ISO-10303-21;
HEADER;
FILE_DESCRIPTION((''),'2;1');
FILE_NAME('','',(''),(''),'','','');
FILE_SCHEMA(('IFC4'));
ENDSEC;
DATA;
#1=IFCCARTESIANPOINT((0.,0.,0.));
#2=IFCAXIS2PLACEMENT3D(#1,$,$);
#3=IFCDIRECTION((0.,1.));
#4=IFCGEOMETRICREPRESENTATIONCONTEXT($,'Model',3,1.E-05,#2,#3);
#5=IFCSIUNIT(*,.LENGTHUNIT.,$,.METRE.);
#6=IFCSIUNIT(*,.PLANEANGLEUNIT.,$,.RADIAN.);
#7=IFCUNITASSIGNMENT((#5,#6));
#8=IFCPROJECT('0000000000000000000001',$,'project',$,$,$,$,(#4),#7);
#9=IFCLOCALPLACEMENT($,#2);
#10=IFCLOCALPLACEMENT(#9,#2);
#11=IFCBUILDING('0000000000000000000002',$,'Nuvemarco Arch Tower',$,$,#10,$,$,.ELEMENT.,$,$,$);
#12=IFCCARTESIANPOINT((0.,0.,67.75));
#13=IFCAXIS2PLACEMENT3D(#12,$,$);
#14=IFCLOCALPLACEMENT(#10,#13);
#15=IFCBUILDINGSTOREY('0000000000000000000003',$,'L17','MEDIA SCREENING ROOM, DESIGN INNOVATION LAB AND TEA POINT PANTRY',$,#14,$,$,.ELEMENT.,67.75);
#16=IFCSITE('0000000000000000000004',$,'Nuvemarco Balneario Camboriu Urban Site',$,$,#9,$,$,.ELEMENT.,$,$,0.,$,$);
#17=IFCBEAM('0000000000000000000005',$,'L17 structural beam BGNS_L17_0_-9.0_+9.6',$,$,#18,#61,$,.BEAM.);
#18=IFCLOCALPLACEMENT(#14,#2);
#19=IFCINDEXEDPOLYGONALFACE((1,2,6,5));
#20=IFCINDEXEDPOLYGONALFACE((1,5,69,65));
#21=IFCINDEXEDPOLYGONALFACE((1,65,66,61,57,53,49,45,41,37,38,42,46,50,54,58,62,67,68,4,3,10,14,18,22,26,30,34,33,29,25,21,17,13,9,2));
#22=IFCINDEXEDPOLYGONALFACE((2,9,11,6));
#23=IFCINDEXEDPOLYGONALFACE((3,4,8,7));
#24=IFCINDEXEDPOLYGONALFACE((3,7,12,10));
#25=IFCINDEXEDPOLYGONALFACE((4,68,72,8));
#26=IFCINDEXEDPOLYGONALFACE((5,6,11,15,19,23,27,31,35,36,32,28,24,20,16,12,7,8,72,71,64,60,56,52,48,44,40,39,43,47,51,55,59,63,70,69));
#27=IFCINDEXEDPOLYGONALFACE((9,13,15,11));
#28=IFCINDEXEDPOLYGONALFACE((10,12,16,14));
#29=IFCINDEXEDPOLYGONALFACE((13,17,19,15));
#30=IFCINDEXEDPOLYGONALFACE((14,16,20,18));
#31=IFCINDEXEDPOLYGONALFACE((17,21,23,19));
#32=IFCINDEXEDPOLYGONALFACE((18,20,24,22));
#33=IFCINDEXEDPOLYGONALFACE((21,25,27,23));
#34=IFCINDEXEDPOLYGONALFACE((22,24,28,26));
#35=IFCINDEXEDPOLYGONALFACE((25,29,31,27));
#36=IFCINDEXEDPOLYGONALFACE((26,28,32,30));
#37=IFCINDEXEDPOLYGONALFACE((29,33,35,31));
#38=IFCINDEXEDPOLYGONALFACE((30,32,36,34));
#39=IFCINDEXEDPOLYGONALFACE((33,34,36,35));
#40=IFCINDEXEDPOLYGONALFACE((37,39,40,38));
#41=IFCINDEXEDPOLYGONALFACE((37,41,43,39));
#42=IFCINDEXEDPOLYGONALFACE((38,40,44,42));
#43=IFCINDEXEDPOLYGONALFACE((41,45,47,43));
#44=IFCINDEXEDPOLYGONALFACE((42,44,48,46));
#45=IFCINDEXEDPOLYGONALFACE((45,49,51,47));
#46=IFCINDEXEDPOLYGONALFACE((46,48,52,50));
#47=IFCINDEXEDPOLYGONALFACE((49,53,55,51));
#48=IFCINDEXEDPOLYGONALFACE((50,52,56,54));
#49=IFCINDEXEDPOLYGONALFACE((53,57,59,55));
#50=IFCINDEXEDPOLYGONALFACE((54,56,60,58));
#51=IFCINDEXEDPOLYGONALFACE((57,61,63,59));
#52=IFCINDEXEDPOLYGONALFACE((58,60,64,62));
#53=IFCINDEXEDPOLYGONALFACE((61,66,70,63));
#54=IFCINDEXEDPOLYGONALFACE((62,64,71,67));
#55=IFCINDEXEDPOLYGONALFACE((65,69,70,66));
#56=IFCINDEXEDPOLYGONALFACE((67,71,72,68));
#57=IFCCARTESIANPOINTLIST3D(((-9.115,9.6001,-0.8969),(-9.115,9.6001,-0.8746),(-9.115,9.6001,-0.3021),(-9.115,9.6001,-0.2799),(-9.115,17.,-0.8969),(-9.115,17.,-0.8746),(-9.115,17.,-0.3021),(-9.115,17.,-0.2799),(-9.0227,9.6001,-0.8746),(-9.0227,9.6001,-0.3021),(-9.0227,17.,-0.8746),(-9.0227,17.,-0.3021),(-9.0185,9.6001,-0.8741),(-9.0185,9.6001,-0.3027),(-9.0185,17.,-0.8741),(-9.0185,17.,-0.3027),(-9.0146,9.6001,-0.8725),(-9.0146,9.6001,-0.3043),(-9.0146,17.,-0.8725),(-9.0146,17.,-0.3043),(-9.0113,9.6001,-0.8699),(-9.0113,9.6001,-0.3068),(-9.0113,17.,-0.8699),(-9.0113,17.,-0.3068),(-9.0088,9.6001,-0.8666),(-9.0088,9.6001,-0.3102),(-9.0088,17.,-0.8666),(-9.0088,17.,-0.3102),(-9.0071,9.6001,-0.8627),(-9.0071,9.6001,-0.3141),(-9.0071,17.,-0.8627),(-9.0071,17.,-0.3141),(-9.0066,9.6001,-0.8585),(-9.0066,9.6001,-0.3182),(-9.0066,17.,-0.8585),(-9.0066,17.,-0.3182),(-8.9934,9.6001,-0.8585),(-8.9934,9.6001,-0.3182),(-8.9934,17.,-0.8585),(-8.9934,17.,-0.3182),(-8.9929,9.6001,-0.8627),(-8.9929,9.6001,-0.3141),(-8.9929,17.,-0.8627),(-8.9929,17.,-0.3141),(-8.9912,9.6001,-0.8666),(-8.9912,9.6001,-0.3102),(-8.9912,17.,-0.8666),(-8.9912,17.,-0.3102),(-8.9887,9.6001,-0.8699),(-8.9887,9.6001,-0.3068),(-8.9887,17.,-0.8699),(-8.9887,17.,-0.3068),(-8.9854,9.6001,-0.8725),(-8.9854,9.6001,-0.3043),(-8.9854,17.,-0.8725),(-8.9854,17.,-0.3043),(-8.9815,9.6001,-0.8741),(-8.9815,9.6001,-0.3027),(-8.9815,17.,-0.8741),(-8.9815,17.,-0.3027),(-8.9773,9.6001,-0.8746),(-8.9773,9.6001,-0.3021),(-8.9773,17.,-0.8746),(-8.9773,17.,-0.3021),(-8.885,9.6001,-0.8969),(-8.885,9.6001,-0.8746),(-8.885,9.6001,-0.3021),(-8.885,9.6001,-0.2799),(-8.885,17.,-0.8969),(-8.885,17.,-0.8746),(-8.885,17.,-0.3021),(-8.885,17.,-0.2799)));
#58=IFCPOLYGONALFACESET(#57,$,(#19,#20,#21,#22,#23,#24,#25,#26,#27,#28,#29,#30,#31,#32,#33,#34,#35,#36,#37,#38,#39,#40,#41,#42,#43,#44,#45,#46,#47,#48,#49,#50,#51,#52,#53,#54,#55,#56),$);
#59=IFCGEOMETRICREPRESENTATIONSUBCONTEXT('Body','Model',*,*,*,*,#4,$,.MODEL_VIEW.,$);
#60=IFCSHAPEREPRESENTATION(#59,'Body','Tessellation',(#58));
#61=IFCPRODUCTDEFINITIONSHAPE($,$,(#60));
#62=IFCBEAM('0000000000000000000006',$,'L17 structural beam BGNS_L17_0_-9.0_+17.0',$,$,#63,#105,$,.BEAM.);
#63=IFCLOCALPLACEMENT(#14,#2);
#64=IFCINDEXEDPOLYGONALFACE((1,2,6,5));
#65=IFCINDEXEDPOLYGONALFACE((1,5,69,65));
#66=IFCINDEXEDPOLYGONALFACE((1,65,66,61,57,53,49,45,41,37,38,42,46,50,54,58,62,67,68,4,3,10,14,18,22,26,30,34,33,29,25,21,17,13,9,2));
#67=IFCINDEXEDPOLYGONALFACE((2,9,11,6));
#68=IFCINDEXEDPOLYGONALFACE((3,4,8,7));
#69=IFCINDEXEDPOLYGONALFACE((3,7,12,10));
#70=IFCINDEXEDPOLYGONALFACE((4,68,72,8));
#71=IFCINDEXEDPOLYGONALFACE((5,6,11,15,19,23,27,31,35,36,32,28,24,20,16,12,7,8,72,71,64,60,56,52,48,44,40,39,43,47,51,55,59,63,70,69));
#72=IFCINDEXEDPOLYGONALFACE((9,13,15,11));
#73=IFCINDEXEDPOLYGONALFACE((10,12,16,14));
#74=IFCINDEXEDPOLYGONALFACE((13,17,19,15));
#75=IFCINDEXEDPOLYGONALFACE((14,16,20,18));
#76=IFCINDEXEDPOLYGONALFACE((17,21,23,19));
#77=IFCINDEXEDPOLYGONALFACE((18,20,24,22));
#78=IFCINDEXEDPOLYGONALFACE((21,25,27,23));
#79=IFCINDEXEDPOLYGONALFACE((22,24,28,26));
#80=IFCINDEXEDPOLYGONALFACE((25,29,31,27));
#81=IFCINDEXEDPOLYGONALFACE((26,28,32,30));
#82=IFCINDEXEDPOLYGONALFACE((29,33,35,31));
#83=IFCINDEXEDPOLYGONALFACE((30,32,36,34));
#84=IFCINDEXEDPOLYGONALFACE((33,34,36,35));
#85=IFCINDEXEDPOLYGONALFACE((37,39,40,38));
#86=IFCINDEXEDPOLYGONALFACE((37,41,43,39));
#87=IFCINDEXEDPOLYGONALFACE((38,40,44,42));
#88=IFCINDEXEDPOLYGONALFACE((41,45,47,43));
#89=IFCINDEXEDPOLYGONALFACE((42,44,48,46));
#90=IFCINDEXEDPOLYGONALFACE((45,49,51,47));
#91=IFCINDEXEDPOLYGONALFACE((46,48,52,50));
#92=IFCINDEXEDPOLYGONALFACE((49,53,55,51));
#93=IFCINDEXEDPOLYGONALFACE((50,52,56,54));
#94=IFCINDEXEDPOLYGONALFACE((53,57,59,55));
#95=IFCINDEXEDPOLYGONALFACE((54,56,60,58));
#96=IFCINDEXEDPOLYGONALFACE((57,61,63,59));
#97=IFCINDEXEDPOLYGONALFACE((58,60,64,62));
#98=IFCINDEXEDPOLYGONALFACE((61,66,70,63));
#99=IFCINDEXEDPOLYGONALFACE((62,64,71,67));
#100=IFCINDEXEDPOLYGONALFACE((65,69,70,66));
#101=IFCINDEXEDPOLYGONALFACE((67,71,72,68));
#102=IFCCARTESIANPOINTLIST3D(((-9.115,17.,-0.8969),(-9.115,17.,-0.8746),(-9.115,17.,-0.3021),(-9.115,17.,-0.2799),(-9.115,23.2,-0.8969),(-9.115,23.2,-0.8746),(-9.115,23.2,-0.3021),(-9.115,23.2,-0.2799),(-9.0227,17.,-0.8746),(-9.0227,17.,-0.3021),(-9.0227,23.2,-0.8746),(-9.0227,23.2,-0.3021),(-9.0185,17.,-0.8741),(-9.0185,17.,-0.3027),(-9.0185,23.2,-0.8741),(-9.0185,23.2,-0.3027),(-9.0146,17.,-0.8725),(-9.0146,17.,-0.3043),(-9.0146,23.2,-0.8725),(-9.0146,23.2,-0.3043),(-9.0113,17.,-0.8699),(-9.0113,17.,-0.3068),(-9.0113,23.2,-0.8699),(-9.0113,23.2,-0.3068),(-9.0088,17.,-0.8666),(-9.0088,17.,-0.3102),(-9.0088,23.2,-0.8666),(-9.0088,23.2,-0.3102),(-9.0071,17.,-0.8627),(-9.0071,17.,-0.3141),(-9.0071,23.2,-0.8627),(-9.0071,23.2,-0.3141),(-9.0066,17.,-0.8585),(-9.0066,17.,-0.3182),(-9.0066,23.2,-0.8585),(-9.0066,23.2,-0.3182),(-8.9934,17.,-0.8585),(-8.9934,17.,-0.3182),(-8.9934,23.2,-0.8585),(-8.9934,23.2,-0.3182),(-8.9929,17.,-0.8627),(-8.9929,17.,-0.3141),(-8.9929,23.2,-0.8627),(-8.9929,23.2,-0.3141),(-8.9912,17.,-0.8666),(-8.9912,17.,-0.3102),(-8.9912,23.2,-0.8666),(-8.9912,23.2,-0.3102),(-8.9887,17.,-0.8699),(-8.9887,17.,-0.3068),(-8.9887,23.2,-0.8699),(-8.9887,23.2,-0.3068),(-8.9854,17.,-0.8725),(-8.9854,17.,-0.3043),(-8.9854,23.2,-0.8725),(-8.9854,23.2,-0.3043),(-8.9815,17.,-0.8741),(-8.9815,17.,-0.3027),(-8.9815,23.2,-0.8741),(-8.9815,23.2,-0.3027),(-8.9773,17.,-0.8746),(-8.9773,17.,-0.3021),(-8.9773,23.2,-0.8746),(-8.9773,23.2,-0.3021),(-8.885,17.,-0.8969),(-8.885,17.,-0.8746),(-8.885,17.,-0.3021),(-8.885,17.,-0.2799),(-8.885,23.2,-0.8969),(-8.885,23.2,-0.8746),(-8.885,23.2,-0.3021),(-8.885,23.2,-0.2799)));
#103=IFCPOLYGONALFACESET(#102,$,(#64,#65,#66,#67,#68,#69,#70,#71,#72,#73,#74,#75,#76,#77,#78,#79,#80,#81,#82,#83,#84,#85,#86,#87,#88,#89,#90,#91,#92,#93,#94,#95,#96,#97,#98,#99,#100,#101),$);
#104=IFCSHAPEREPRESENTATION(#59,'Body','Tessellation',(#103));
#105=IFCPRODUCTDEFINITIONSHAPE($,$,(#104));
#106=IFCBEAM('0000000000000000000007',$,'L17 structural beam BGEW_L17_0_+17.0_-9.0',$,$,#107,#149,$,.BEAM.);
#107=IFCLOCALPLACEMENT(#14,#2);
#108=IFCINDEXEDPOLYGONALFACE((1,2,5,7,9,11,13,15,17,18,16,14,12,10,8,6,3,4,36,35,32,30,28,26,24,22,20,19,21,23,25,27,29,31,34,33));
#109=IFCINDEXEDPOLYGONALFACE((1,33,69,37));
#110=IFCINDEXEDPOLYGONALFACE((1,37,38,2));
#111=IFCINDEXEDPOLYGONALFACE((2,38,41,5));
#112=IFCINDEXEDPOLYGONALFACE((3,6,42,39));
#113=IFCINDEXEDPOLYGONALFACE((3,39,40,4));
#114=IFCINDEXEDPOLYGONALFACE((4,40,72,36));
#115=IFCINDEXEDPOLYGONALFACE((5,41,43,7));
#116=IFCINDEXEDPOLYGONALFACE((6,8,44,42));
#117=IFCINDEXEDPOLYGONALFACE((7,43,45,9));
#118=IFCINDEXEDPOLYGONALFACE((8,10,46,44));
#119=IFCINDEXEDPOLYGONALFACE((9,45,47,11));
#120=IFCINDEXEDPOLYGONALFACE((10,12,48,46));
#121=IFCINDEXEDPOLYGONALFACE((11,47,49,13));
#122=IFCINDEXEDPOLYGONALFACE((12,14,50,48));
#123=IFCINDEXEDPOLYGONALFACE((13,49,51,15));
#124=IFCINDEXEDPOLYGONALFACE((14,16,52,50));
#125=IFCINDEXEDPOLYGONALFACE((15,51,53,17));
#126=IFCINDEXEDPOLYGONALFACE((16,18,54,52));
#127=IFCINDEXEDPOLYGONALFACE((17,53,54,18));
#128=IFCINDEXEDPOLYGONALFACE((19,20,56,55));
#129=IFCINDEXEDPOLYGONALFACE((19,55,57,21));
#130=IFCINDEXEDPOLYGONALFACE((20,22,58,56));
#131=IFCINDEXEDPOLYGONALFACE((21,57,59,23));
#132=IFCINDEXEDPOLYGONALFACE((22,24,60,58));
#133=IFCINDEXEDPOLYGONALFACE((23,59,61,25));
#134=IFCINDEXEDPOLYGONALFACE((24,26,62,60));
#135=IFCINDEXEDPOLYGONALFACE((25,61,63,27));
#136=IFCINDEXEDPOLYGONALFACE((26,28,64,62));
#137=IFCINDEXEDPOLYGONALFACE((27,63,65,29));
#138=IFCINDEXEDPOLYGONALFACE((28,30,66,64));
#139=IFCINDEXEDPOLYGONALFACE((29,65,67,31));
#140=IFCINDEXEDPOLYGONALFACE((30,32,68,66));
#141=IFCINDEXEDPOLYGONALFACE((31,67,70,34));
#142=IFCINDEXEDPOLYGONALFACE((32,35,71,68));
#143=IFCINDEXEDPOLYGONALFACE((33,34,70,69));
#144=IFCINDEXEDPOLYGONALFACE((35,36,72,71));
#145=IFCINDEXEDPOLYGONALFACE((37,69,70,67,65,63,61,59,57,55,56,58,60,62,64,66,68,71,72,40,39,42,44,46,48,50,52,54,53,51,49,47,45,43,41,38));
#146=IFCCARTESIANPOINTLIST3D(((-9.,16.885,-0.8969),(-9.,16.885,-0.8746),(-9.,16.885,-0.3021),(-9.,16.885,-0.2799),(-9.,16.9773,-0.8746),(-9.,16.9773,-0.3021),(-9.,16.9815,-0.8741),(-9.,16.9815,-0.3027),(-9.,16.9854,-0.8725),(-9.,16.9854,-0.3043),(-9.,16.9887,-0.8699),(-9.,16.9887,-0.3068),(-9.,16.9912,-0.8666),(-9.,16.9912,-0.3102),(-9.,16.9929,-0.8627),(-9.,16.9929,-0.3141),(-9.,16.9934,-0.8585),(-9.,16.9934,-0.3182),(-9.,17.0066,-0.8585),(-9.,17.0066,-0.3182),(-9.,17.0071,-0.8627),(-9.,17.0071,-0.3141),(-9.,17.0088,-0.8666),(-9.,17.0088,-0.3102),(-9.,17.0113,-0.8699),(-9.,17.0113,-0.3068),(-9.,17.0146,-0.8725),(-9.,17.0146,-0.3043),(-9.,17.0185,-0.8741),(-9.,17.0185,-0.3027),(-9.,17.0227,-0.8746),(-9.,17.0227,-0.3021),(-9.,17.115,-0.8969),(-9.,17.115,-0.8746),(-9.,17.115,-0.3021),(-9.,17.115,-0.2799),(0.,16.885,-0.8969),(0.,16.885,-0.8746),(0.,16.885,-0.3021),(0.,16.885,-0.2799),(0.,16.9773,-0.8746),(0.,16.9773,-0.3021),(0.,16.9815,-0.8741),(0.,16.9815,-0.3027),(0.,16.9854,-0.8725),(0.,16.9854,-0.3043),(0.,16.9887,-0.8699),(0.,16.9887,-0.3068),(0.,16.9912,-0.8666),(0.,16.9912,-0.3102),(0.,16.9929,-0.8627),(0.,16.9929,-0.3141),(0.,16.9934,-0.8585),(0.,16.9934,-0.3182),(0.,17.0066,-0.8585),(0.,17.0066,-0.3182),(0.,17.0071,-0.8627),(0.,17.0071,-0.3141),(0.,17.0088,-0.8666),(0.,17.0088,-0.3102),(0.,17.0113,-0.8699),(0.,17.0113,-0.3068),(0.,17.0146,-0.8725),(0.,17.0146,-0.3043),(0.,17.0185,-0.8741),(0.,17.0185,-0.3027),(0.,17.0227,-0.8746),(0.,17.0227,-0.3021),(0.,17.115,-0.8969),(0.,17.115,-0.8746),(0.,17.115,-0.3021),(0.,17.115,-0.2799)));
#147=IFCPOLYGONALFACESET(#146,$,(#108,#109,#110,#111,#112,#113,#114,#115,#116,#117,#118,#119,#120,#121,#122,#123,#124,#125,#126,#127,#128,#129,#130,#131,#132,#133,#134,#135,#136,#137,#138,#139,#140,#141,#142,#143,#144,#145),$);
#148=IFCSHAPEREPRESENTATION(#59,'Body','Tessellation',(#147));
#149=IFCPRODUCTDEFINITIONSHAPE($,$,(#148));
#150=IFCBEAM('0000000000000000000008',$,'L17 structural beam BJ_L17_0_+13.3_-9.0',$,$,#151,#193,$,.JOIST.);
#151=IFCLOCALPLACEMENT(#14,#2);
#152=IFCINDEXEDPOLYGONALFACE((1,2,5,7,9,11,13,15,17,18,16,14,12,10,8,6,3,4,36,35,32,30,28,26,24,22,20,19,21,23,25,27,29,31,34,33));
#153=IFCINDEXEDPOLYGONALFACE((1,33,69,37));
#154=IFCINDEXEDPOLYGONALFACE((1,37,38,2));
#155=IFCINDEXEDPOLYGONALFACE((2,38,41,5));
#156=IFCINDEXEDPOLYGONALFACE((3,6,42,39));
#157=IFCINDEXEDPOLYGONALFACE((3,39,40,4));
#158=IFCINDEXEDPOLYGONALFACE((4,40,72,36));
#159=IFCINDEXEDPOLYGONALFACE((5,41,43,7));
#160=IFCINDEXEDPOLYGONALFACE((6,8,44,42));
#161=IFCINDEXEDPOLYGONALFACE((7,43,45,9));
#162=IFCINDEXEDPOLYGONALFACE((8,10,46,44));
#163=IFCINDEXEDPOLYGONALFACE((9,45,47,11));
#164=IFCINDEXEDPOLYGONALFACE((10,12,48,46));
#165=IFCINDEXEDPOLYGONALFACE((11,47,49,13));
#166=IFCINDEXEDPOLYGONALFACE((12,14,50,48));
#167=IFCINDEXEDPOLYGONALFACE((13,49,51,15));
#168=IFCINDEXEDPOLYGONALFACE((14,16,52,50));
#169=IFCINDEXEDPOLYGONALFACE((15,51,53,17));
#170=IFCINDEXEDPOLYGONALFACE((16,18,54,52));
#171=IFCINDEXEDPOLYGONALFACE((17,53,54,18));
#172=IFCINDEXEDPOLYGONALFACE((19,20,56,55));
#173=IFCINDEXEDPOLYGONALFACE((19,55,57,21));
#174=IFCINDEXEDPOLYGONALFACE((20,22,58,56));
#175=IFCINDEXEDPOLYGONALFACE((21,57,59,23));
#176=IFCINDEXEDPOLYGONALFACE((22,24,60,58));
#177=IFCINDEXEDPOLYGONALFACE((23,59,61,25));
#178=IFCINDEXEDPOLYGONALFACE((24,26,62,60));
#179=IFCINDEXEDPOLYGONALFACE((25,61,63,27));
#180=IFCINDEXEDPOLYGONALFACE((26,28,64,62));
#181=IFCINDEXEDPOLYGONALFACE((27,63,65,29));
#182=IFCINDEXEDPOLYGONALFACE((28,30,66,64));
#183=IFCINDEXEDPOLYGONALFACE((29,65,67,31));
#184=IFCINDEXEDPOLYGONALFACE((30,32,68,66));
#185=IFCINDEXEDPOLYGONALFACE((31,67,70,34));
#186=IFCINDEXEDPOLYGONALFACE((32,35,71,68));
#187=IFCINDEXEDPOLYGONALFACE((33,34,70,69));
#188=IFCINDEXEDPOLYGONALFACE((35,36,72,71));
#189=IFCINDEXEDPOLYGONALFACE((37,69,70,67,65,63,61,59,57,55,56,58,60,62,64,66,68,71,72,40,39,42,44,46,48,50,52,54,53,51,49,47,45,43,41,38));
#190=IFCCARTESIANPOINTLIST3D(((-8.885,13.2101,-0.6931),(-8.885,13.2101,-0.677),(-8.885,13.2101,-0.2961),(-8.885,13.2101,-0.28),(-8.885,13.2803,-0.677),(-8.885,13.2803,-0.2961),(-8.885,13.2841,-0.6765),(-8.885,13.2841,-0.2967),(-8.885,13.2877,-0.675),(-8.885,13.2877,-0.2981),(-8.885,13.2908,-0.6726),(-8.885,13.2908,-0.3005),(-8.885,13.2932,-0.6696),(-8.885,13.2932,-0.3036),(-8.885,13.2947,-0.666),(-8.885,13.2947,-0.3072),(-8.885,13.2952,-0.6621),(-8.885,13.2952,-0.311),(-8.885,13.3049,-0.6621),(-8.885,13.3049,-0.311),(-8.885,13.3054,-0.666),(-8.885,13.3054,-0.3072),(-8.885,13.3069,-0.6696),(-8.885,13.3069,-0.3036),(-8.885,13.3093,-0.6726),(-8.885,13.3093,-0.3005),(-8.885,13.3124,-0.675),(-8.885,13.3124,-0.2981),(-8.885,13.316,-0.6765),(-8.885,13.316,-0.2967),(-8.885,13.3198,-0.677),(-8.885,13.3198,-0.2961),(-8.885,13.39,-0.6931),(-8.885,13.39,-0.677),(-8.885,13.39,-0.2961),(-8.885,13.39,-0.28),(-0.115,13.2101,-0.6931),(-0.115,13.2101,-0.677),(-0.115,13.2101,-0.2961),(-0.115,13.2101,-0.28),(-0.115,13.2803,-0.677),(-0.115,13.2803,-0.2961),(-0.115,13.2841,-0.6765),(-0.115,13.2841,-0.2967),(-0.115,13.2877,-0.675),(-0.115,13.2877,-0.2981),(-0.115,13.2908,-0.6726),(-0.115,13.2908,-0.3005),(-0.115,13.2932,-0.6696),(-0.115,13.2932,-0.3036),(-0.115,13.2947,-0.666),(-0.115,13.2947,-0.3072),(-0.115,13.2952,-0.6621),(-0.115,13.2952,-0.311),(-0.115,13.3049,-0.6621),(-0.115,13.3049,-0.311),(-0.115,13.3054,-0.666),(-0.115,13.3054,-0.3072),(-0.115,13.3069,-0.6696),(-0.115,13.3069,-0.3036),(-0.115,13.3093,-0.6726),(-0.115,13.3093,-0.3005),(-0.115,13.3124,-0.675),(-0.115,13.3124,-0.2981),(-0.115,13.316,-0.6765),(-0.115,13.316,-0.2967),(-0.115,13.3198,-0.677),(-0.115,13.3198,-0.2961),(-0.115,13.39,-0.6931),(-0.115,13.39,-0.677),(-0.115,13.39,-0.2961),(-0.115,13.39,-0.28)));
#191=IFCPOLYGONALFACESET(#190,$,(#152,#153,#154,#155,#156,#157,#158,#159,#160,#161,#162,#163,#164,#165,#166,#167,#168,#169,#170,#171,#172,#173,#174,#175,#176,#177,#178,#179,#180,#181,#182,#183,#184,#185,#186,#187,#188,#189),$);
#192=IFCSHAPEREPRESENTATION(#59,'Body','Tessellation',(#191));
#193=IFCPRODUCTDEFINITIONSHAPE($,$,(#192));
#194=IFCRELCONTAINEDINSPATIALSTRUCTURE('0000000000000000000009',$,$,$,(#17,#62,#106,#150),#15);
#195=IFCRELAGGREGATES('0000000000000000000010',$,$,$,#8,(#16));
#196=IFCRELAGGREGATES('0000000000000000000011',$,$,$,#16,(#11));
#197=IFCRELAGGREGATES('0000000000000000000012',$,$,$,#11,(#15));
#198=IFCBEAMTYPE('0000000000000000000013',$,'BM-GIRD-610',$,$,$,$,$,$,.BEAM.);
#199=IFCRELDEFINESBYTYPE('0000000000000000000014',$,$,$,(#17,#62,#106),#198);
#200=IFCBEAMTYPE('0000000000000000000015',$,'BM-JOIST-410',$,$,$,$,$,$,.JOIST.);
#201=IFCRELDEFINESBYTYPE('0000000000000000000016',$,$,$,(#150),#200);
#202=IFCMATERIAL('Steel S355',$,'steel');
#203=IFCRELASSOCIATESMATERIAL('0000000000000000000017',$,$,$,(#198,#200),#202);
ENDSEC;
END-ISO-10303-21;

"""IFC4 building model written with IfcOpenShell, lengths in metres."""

from ifc_helpers import new_model, si_unit, direction, frame, origin, origin_2d, place, context, subcontext, project, spatial, i_section, extrude, material, material_profile, profile_set, type_object, element, save


model = new_model("IFC4")

# Units and contexts
model_context = context("Model", 3, precision=1e-05, world=origin(), true_north=direction((0.0, 1.0)))
body_context = subcontext(model_context, "Body", "Model", "MODEL_VIEW")
ifc_project = project(units=[si_unit("LENGTHUNIT", "METRE"), si_unit("PLANEANGLEUNIT", "RADIAN")], contexts=[model_context])

# Site, building, storey
site_placement = place(None, origin())
site = spatial("IfcSite", under=ifc_project, at=site_placement, Name="Nuvemarco Balneario Camboriu Urban Site", CompositionType="ELEMENT", RefElevation=0.0)
building_placement = place(site_placement, origin())
building = spatial("IfcBuilding", under=site, at=building_placement, Name="Nuvemarco Arch Tower", CompositionType="ELEMENT")
storey_placement = place(building_placement, frame((0.0, 0.0, 67.75)))
storey = spatial("IfcBuildingStorey", under=building, at=storey_placement, Name="L17", Description="MEDIA SCREENING ROOM, DESIGN INNOVATION LAB AND TEA POINT PANTRY", CompositionType="ELEMENT", Elevation=67.75)

# Shared definitions
ifc_material_1 = material(Name="Steel S355", Category="steel")

# Beams
ifc_material_profile_1 = material_profile(ifc_material_1, i_section(OverallWidth=0.23, OverallDepth=0.6169, WebThickness=0.0132, FlangeThickness=0.0222, FilletRadius=0.0161, at=origin_2d()), Name="W610x140")
ifc_profile_set_1 = profile_set([ifc_material_profile_1], Name="Steel S355")
beam_type_1 = type_object("IfcBeamType", Name="BM-GIRD-610", PredefinedType="BEAM", material=ifc_profile_set_1)
beam_1_placement = place(storey_placement, frame((-9.0, 9.6001, -0.5884), z_axis=(0.0, 1.0, 0.0), x_axis=(-1.0, 0.0, 0.0)))
element("IfcBeam", 1, at=beam_1_placement, inside=storey, type_object=beam_type_1, Name="L17 structural beam BGNS_L17_0_-9.0_+9.6", PredefinedType="BEAM", context=body_context, shape_type="SweptSolid", body=[
    extrude(i_section(OverallWidth=0.23, OverallDepth=0.6169, WebThickness=0.0132, FlangeThickness=0.0222, FilletRadius=0.0161, at=origin_2d()), origin(), (0.0, 0.0, 1.0), 7.3999),
])
beam_2_placement = place(storey_placement, frame((-9.0, 17.0, -0.5884), z_axis=(0.0, 1.0, 0.0), x_axis=(-1.0, 0.0, 0.0)))
element("IfcBeam", 2, at=beam_2_placement, inside=storey, type_object=beam_type_1, Name="L17 structural beam BGNS_L17_0_-9.0_+17.0", PredefinedType="BEAM", context=body_context, shape_type="SweptSolid", body=[
    extrude(i_section(OverallWidth=0.23, OverallDepth=0.6169, WebThickness=0.0132, FlangeThickness=0.0222, FilletRadius=0.0161, at=origin_2d()), origin(), (0.0, 0.0, 1.0), 6.2),
])
beam_3_placement = place(storey_placement, frame((-9.0, 17.0, -0.5884), z_axis=(1.0, 0.0, 0.0), x_axis=(0.0, 1.0, 0.0)))
element("IfcBeam", 3, at=beam_3_placement, inside=storey, type_object=beam_type_1, Name="L17 structural beam BGEW_L17_0_+17.0_-9.0", PredefinedType="BEAM", context=body_context, shape_type="SweptSolid", body=[
    extrude(i_section(OverallWidth=0.23, OverallDepth=0.6169, WebThickness=0.0132, FlangeThickness=0.0222, FilletRadius=0.0161, at=origin_2d()), origin(), (0.0, 0.0, 1.0), 9.0),
])
ifc_material_profile_2 = material_profile(ifc_material_1, i_section(OverallWidth=0.1799, OverallDepth=0.4131, WebThickness=0.0098, FlangeThickness=0.0161, FilletRadius=0.0149, at=origin_2d()), Name="W410x75")
ifc_profile_set_2 = profile_set([ifc_material_profile_2], Name="Steel S355")
beam_type_2 = type_object("IfcBeamType", Name="BM-JOIST-410", PredefinedType="JOIST", material=ifc_profile_set_2)
beam_4_placement = place(storey_placement, frame((-8.885, 13.3, -0.4866), z_axis=(1.0, 0.0, 0.0), x_axis=(0.0, 1.0, 0.0)))
element("IfcBeam", 4, at=beam_4_placement, inside=storey, type_object=beam_type_2, Name="L17 structural beam BJ_L17_0_+13.3_-9.0", PredefinedType="JOIST", context=body_context, shape_type="SweptSolid", body=[
    extrude(i_section(OverallWidth=0.1799, OverallDepth=0.4131, WebThickness=0.0098, FlangeThickness=0.0161, FilletRadius=0.0149, at=origin_2d()), origin(), (0.0, 0.0, 1.0), 8.77),
])

save(model, "model.ifc")
